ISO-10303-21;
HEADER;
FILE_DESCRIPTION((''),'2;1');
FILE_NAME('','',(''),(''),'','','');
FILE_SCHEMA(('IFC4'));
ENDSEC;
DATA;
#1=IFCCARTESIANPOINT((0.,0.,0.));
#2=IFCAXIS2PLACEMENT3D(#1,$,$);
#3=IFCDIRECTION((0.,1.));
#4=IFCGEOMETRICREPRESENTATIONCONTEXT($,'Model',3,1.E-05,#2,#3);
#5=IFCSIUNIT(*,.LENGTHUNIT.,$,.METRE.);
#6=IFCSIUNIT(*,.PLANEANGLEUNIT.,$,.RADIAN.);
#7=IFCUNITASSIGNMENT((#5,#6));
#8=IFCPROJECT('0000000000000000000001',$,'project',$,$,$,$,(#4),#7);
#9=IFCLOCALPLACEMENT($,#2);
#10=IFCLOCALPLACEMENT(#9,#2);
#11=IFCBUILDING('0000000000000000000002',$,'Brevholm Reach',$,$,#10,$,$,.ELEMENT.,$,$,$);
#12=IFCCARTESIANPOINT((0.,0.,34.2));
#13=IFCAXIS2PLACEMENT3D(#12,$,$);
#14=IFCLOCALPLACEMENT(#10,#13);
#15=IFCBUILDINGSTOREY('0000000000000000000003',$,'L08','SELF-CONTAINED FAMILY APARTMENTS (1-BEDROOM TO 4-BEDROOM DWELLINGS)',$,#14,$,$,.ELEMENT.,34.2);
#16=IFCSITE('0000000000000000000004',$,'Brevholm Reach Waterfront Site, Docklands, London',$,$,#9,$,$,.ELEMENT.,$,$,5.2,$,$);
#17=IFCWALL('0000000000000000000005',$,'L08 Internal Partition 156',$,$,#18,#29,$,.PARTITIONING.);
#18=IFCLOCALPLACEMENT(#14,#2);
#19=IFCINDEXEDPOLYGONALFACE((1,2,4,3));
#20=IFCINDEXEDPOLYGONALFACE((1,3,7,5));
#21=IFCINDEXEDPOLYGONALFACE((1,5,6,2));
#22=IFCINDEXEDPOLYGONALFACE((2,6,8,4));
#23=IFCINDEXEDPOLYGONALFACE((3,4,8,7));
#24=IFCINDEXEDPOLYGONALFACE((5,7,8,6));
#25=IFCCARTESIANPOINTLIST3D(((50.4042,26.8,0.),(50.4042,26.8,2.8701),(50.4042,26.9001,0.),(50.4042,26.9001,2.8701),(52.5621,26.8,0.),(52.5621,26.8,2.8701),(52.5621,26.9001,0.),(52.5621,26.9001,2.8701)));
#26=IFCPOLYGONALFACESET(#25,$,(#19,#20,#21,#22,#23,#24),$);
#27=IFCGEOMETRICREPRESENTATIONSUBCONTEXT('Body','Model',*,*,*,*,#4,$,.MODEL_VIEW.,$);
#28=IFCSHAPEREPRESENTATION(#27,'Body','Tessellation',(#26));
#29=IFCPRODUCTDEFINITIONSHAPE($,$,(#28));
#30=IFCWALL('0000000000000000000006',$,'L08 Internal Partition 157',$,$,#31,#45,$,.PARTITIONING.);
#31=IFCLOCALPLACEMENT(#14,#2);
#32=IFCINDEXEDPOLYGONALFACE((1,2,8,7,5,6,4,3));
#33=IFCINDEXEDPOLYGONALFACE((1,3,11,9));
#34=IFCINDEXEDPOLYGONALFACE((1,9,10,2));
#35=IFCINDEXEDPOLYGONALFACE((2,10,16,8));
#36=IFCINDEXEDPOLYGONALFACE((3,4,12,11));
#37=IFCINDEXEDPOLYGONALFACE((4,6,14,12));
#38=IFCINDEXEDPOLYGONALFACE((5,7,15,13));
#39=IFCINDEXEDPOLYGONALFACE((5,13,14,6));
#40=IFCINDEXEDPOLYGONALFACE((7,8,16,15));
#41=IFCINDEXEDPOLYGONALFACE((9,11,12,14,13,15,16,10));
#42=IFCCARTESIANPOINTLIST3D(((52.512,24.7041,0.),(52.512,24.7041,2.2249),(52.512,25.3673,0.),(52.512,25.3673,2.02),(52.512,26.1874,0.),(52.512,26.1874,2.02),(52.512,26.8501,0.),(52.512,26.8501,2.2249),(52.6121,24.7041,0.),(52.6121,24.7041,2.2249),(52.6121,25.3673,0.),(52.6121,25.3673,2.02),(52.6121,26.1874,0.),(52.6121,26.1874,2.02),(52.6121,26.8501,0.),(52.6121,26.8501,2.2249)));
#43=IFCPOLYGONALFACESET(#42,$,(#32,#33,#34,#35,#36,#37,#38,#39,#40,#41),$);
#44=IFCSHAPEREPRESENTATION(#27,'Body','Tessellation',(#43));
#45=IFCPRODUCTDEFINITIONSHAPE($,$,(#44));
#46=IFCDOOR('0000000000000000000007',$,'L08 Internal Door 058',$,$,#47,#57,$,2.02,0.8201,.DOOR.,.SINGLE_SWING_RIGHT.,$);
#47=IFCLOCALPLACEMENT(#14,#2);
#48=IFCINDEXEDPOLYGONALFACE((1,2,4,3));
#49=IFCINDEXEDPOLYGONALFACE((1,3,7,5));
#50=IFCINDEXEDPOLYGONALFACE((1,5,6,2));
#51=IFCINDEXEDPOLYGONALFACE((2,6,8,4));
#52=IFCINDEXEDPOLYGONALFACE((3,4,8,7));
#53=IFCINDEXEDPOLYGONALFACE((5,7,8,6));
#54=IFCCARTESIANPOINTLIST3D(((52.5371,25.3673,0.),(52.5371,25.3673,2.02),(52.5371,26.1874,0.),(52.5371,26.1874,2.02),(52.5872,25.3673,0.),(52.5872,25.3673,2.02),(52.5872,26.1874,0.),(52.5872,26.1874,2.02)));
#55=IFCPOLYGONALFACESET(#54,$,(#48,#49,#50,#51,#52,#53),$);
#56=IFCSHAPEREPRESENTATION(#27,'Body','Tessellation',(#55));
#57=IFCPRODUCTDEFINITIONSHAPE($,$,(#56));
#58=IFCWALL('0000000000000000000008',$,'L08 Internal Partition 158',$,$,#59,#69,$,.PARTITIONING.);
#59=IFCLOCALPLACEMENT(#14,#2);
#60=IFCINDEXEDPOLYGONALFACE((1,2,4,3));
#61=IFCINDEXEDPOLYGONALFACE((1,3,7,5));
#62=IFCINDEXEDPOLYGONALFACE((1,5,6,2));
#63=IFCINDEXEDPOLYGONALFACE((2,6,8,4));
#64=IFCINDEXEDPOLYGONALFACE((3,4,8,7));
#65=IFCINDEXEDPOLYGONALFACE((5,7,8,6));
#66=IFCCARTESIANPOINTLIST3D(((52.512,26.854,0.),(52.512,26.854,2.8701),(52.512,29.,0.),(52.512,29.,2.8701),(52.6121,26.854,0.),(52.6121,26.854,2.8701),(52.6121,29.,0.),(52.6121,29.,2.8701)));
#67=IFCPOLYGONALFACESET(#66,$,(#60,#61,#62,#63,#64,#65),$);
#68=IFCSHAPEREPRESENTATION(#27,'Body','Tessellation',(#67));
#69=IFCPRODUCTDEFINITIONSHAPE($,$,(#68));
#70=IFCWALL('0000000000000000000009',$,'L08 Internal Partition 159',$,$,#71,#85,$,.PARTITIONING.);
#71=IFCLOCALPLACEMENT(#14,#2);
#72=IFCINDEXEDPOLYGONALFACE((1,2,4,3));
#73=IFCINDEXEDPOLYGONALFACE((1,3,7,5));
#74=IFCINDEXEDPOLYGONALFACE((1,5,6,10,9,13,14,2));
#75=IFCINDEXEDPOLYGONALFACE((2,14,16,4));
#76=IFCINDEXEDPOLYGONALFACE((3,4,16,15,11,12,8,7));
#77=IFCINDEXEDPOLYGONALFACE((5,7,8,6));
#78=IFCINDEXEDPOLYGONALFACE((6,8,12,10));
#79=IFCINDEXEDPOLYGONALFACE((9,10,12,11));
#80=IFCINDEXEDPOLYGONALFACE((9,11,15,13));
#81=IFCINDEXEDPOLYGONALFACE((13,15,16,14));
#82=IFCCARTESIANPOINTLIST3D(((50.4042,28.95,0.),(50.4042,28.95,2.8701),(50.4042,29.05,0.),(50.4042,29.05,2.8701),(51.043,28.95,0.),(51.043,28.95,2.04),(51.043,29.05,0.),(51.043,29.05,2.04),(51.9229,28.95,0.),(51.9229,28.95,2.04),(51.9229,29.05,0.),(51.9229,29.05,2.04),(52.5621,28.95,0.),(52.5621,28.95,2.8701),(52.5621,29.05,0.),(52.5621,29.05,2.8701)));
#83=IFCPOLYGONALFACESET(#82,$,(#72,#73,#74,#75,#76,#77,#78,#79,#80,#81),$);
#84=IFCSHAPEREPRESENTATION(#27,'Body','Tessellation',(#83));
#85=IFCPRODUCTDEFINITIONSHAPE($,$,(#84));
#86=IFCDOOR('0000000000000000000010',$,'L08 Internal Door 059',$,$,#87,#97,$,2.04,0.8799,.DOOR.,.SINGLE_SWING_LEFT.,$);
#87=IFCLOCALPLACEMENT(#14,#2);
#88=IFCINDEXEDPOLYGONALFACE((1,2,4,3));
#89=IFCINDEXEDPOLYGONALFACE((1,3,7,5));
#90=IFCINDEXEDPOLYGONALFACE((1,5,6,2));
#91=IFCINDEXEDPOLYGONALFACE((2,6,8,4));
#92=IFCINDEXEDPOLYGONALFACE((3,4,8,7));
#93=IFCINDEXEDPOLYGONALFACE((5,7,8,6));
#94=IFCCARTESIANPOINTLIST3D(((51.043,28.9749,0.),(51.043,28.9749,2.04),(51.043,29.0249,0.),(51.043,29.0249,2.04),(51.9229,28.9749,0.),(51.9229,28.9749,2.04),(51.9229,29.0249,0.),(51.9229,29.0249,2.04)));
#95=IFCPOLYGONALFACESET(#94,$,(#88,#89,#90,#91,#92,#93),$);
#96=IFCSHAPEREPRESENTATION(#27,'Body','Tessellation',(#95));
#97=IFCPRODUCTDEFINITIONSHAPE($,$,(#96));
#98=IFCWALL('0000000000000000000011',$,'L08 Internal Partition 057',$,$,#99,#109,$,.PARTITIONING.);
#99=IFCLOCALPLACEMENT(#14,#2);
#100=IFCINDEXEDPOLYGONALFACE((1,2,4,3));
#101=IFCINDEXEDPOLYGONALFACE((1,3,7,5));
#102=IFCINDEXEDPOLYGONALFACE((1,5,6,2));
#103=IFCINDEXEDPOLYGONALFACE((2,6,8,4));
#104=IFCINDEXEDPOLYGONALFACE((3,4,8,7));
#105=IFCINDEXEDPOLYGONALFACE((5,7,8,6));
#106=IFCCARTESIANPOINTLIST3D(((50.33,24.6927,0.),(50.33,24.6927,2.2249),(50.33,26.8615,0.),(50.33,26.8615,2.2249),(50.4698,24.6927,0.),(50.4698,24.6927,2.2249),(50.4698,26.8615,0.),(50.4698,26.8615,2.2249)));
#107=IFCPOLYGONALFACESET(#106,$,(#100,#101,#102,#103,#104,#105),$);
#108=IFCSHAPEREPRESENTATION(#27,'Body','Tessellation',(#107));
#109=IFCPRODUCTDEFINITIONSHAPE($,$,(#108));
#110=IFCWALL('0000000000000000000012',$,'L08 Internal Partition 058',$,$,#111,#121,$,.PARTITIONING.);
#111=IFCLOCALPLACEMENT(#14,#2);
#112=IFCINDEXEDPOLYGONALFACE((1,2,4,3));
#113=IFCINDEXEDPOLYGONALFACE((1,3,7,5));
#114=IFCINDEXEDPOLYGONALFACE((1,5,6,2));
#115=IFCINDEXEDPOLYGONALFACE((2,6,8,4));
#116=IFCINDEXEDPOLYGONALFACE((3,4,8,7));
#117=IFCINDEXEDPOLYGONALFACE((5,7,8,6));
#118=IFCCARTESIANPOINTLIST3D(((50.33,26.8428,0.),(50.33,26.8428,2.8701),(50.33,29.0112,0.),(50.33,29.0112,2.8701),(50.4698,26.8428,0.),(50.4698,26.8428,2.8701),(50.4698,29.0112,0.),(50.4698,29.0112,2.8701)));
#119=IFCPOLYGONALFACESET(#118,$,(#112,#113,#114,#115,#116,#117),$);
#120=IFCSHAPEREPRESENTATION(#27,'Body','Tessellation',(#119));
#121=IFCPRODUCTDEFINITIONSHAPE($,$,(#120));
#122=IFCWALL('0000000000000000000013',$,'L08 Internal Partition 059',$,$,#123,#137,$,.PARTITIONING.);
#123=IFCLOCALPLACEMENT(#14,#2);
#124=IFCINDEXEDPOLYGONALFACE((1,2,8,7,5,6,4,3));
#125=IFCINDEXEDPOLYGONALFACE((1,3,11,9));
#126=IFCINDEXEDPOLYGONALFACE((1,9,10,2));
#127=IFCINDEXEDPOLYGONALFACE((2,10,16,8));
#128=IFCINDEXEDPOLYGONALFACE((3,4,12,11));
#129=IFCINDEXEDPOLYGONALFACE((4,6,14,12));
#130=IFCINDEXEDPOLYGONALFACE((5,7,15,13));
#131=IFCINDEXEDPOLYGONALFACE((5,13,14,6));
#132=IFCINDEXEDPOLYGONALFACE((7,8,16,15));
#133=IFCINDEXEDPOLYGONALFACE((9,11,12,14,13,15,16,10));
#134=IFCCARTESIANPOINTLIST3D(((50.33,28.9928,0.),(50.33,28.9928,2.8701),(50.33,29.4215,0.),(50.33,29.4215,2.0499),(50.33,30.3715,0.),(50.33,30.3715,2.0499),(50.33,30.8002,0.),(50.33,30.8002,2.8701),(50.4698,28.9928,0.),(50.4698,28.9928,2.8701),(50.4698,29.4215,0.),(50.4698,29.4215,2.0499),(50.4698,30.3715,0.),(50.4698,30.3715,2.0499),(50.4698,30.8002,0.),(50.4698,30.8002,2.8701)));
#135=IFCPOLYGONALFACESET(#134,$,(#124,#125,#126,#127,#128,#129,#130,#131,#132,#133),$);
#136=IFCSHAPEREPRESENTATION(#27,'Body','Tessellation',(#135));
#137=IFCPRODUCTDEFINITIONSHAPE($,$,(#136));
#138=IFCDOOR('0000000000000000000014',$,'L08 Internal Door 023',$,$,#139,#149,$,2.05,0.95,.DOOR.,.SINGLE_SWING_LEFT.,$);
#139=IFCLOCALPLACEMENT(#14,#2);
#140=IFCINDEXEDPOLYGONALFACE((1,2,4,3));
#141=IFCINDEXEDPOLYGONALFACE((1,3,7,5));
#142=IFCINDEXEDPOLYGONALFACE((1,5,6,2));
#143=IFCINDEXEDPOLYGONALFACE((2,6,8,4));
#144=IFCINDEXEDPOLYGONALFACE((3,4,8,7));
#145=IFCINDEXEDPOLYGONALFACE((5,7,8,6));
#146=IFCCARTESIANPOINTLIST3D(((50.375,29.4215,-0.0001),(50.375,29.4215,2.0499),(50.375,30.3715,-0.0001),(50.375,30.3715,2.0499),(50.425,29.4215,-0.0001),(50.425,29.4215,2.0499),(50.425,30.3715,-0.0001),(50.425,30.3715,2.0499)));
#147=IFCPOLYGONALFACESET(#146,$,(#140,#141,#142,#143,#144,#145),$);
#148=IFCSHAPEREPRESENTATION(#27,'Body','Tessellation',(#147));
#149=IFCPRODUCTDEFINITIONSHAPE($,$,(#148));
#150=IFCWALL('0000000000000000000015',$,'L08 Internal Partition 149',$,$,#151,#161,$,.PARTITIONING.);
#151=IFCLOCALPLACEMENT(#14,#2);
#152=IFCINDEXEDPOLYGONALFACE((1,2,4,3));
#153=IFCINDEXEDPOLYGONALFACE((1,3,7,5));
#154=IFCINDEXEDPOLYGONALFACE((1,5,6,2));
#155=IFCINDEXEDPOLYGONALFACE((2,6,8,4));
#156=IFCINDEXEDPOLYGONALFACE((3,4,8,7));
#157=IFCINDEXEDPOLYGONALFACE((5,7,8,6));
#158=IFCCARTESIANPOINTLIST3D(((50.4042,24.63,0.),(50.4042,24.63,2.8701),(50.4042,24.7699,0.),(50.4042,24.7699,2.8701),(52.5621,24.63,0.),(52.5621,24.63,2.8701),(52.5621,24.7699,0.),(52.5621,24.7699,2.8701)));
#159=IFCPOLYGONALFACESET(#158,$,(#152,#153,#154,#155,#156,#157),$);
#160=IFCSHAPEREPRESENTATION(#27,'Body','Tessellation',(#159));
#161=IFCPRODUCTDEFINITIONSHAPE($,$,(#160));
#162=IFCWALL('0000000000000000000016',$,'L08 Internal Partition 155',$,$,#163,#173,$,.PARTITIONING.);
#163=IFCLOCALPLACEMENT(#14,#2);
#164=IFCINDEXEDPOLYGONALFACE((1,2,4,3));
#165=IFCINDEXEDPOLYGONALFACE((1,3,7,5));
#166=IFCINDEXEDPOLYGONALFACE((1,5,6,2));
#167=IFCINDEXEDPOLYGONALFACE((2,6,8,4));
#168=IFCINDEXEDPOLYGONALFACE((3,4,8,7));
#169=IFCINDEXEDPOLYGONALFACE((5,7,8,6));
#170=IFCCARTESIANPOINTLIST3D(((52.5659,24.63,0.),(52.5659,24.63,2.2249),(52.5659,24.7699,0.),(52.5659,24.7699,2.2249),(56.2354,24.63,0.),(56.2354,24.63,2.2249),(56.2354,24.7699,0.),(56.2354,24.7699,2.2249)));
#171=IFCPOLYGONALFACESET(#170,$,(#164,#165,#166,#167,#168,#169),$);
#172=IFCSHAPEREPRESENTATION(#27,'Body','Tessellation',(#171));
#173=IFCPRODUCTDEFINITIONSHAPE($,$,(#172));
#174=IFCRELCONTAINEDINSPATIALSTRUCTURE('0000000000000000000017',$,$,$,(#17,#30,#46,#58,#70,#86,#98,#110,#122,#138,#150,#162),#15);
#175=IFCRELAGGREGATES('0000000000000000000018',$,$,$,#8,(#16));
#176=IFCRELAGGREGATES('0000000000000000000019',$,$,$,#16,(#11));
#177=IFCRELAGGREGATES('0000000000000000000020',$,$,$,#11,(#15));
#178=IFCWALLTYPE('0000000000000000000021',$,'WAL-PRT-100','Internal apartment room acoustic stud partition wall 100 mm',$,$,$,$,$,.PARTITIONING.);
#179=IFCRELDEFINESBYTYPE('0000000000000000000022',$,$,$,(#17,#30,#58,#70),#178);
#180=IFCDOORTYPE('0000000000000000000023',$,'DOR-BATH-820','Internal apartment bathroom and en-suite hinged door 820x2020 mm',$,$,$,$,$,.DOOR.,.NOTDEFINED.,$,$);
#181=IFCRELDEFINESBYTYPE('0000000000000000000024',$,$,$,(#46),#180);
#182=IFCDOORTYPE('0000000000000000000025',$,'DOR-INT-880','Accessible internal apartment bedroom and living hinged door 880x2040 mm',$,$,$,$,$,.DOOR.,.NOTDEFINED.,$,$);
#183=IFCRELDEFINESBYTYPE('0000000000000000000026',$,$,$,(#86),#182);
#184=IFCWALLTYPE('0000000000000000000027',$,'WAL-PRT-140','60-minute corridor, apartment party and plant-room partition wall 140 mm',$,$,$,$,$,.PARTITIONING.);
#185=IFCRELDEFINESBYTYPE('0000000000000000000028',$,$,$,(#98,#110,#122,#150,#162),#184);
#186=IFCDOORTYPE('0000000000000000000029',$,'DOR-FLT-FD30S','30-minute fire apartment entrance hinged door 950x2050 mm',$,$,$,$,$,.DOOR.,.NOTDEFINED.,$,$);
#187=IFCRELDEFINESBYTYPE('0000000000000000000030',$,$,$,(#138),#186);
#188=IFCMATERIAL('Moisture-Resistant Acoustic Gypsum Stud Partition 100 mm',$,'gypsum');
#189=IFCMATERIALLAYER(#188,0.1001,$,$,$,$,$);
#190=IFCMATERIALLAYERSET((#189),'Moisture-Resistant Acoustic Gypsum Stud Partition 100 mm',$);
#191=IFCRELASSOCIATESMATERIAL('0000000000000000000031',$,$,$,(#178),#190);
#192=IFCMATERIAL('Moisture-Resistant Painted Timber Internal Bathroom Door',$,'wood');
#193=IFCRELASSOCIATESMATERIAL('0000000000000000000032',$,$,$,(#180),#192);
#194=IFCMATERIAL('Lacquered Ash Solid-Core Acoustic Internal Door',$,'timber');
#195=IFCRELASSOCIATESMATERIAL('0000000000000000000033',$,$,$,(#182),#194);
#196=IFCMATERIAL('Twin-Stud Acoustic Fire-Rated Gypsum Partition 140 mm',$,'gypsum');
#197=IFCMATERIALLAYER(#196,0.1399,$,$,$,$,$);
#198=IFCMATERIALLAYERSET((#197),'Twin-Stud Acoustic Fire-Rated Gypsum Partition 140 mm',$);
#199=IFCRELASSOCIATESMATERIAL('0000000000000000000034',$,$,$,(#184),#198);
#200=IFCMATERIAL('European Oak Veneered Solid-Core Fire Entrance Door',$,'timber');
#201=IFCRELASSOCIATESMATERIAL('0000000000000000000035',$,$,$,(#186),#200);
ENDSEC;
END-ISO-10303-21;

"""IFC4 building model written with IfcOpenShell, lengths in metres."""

from ifc_helpers import new_model, si_unit, direction, frame, frame_2d, origin, place, context, subcontext, project, spatial, rectangle, extrude, material, layer, layer_set, type_object, element, fill, save


model = new_model("IFC4")

# Units and contexts
model_context = context("Model", 3, precision=1e-05, world=origin(), true_north=direction((0.0, 1.0)))
body_context = subcontext(model_context, "Body", "Model", "MODEL_VIEW")
ifc_project = project(units=[si_unit("LENGTHUNIT", "METRE"), si_unit("PLANEANGLEUNIT", "RADIAN")], contexts=[model_context])

# Site, building, storey
site_placement = place(None, origin())
site = spatial("IfcSite", under=ifc_project, at=site_placement, Name="Brevholm Reach Waterfront Site, Docklands, London", CompositionType="ELEMENT", RefElevation=5.2)
building_placement = place(site_placement, origin())
building = spatial("IfcBuilding", under=site, at=building_placement, Name="Brevholm Reach", CompositionType="ELEMENT")
storey_placement = place(building_placement, frame((0.0, 0.0, 34.2)))
storey = spatial("IfcBuildingStorey", under=building, at=storey_placement, Name="L08", Description="SELF-CONTAINED FAMILY APARTMENTS (1-BEDROOM TO 4-BEDROOM DWELLINGS)", CompositionType="ELEMENT", Elevation=34.2)

# Wall
ifc_material_1 = material(Name="Moisture-Resistant Acoustic Gypsum Stud Partition 100 mm", Category="gypsum")
ifc_layer_1 = layer(ifc_material_1, 0.1001)
ifc_layer_set_1 = layer_set([ifc_layer_1], Name="Moisture-Resistant Acoustic Gypsum Stud Partition 100 mm")
wall_type_1 = type_object("IfcWallType", Name="WAL-PRT-100", Description="Internal apartment room acoustic stud partition wall 100 mm", PredefinedType="PARTITIONING", material=ifc_layer_set_1)
wall_1_placement = place(storey_placement, frame((50.4041, 26.8501, 0.0), z_axis=(0.0, 0.0, 1.0), x_axis=(1.0, 0.0, 0.0)))
element("IfcWall", 1, at=wall_1_placement, inside=storey, type_object=wall_type_1, Name="L08 Internal Partition 156", PredefinedType="PARTITIONING", context=body_context, shape_type="SweptSolid", body=[
    extrude(rectangle(XDim=2.158, YDim=0.1001, at=frame_2d((1.0791, 0.0))), origin(), (0.0, 0.0, 1.0), 2.8701),
])

# Wall, opening, door
wall_2_placement = place(storey_placement, frame((52.562, 24.7041, 0.0), z_axis=(0.0, 0.0, 1.0), x_axis=(0.0, 1.0, 0.0)))
wall_2 = element("IfcWall", 2, at=wall_2_placement, inside=storey, type_object=wall_type_1, Name="L08 Internal Partition 157", PredefinedType="PARTITIONING", context=body_context, shape_type="SweptSolid", body=[
    extrude(rectangle(XDim=2.146, YDim=0.1001, at=frame_2d((1.073, 0.0))), origin(), (0.0, 0.0, 1.0), 2.2249),
])
opening_1_placement = place(wall_2_placement, frame((0.6631, 0.0, 0.0)))
opening_1 = element("IfcOpeningElement", 3, at=opening_1_placement, cuts=wall_2, PredefinedType="OPENING", context=body_context, shape_type="SweptSolid", body=[
    extrude(rectangle(XDim=0.8201, YDim=2.02, at=frame_2d((0.4102, 1.01))), frame((0.0, 0.0601, 0.0), z_axis=(0.0, -1.0, 0.0), x_axis=(1.0, 0.0, 0.0)), (0.0, 0.0, 1.0), 0.1201),
])
ifc_material_2 = material(Name="Moisture-Resistant Painted Timber Internal Bathroom Door", Category="wood")
door_type_1 = type_object("IfcDoorType", Name="DOR-BATH-820", Description="Internal apartment bathroom and en-suite hinged door 820x2020 mm", OperationType="NOTDEFINED", PredefinedType="DOOR", material=ifc_material_2)
door_1_placement = place(opening_1_placement, origin())
door_1 = element("IfcDoor", 4, at=door_1_placement, inside=storey, type_object=door_type_1, Name="L08 Internal Door 058", OperationType="SINGLE_SWING_RIGHT", OverallHeight=2.02, OverallWidth=0.8201, PredefinedType="DOOR", context=body_context, shape_type="SweptSolid", body=[
    extrude(rectangle(XDim=0.8201, YDim=2.02, at=frame_2d((0.4102, 1.01))), frame((0.0, 0.0249, 0.0), z_axis=(0.0, -1.0, 0.0), x_axis=(1.0, 0.0, 0.0)), (0.0, 0.0, 1.0), 0.05),
])
fill(opening_1, door_1)

# Wall
wall_3_placement = place(storey_placement, frame((52.562, 26.854, 0.0), z_axis=(0.0, 0.0, 1.0), x_axis=(0.0, 1.0, 0.0)))
element("IfcWall", 5, at=wall_3_placement, inside=storey, type_object=wall_type_1, Name="L08 Internal Partition 158", PredefinedType="PARTITIONING", context=body_context, shape_type="SweptSolid", body=[
    extrude(rectangle(XDim=2.146, YDim=0.1001, at=frame_2d((1.073, 0.0))), origin(), (0.0, 0.0, 1.0), 2.8701),
])

# Wall, opening, door
wall_4_placement = place(storey_placement, frame((50.4041, 29.0, 0.0), z_axis=(0.0, 0.0, 1.0), x_axis=(1.0, 0.0, 0.0)))
wall_4 = element("IfcWall", 6, at=wall_4_placement, inside=storey, type_object=wall_type_1, Name="L08 Internal Partition 159", PredefinedType="PARTITIONING", context=body_context, shape_type="SweptSolid", body=[
    extrude(rectangle(XDim=2.158, YDim=0.1001, at=frame_2d((1.0791, 0.0))), origin(), (0.0, 0.0, 1.0), 2.8701),
])
opening_2_placement = place(wall_4_placement, frame((0.6389, 0.0, 0.0)))
opening_2 = element("IfcOpeningElement", 7, at=opening_2_placement, cuts=wall_4, PredefinedType="OPENING", context=body_context, shape_type="SweptSolid", body=[
    extrude(rectangle(XDim=0.8799, YDim=2.04, at=frame_2d((0.4399, 1.02))), frame((0.0, 0.0601, 0.0), z_axis=(0.0, -1.0, 0.0), x_axis=(1.0, 0.0, 0.0)), (0.0, 0.0, 1.0), 0.1201),
])
ifc_material_3 = material(Name="Lacquered Ash Solid-Core Acoustic Internal Door", Category="timber")
door_type_2 = type_object("IfcDoorType", Name="DOR-INT-880", Description="Accessible internal apartment bedroom and living hinged door 880x2040 mm", OperationType="NOTDEFINED", PredefinedType="DOOR", material=ifc_material_3)
door_2_placement = place(opening_2_placement, origin())
door_2 = element("IfcDoor", 8, at=door_2_placement, inside=storey, type_object=door_type_2, Name="L08 Internal Door 059", OperationType="SINGLE_SWING_LEFT", OverallHeight=2.04, OverallWidth=0.8799, PredefinedType="DOOR", context=body_context, shape_type="SweptSolid", body=[
    extrude(rectangle(XDim=0.8799, YDim=2.04, at=frame_2d((0.4399, 1.02))), frame((0.0, 0.0249, 0.0), z_axis=(0.0, -1.0, 0.0), x_axis=(1.0, 0.0, 0.0)), (0.0, 0.0, 1.0), 0.05),
])
fill(opening_2, door_2)

# Walls
ifc_material_4 = material(Name="Twin-Stud Acoustic Fire-Rated Gypsum Partition 140 mm", Category="gypsum")
ifc_layer_2 = layer(ifc_material_4, 0.1399)
ifc_layer_set_2 = layer_set([ifc_layer_2], Name="Twin-Stud Acoustic Fire-Rated Gypsum Partition 140 mm")
wall_type_2 = type_object("IfcWallType", Name="WAL-PRT-140", Description="60-minute corridor, apartment party and plant-room partition wall 140 mm", PredefinedType="PARTITIONING", material=ifc_layer_set_2)
wall_5_placement = place(storey_placement, frame((50.3999, 24.6926, 0.0), z_axis=(0.0, 0.0, 1.0), x_axis=(0.0, 1.0, 0.0)))
element("IfcWall", 9, at=wall_5_placement, inside=storey, type_object=wall_type_2, Name="L08 Internal Partition 057", PredefinedType="PARTITIONING", context=body_context, shape_type="SweptSolid", body=[
    extrude(rectangle(XDim=2.1687, YDim=0.1399, at=frame_2d((1.0845, 0.0))), origin(), (0.0, 0.0, 1.0), 2.2249),
])
wall_6_placement = place(storey_placement, frame((50.3999, 26.8428, 0.0), z_axis=(0.0, 0.0, 1.0), x_axis=(0.0, 1.0, 0.0)))
element("IfcWall", 10, at=wall_6_placement, inside=storey, type_object=wall_type_2, Name="L08 Internal Partition 058", PredefinedType="PARTITIONING", context=body_context, shape_type="SweptSolid", body=[
    extrude(rectangle(XDim=2.1685, YDim=0.1399, at=frame_2d((1.0842, 0.0))), origin(), (0.0, 0.0, 1.0), 2.8701),
])

# Wall, opening, door
wall_7_placement = place(storey_placement, frame((50.3999, 28.9927, 0.0), z_axis=(0.0, 0.0, 1.0), x_axis=(0.0, 1.0, 0.0)))
wall_7 = element("IfcWall", 11, at=wall_7_placement, inside=storey, type_object=wall_type_2, Name="L08 Internal Partition 059", PredefinedType="PARTITIONING", context=body_context, shape_type="SweptSolid", body=[
    extrude(rectangle(XDim=1.8074, YDim=0.1399, at=frame_2d((0.9038, 0.0))), origin(), (0.0, 0.0, 1.0), 2.8701),
])
opening_3_placement = place(wall_7_placement, frame((0.4287, 0.0, 0.0)))
opening_3 = element("IfcOpeningElement", 12, at=opening_3_placement, cuts=wall_7, PredefinedType="OPENING", context=body_context, shape_type="SweptSolid", body=[
    extrude(rectangle(XDim=0.95, YDim=2.05, at=frame_2d((0.4751, 1.0249))), frame((0.0, 0.0798, 0.0), z_axis=(0.0, -1.0, 0.0), x_axis=(1.0, 0.0, 0.0)), (0.0, 0.0, 1.0), 0.1599),
])
ifc_material_5 = material(Name="European Oak Veneered Solid-Core Fire Entrance Door", Category="timber")
door_type_3 = type_object("IfcDoorType", Name="DOR-FLT-FD30S", Description="30-minute fire apartment entrance hinged door 950x2050 mm", OperationType="NOTDEFINED", PredefinedType="DOOR", material=ifc_material_5)
door_3_placement = place(opening_3_placement, origin())
door_3 = element("IfcDoor", 13, at=door_3_placement, inside=storey, type_object=door_type_3, Name="L08 Internal Door 023", OperationType="SINGLE_SWING_LEFT", OverallHeight=2.05, OverallWidth=0.95, PredefinedType="DOOR", context=body_context, shape_type="SweptSolid", body=[
    extrude(rectangle(XDim=0.95, YDim=2.05, at=frame_2d((0.4751, 1.0249))), frame((0.0, 0.0249, 0.0), z_axis=(0.0, -1.0, 0.0), x_axis=(1.0, 0.0, 0.0)), (0.0, 0.0, 1.0), 0.05),
])
fill(opening_3, door_3)

# Walls
wall_8_placement = place(storey_placement, frame((50.4041, 24.7, 0.0), z_axis=(0.0, 0.0, 1.0), x_axis=(1.0, 0.0, 0.0)))
element("IfcWall", 14, at=wall_8_placement, inside=storey, type_object=wall_type_2, Name="L08 Internal Partition 149", PredefinedType="PARTITIONING", context=body_context, shape_type="SweptSolid", body=[
    extrude(rectangle(XDim=2.158, YDim=0.1399, at=frame_2d((1.0791, 0.0))), origin(), (0.0, 0.0, 1.0), 2.8701),
])
wall_9_placement = place(storey_placement, frame((52.5659, 24.7, 0.0), z_axis=(0.0, 0.0, 1.0), x_axis=(1.0, 0.0, 0.0)))
element("IfcWall", 15, at=wall_9_placement, inside=storey, type_object=wall_type_2, Name="L08 Internal Partition 155", PredefinedType="PARTITIONING", context=body_context, shape_type="SweptSolid", body=[
    extrude(rectangle(XDim=3.6694, YDim=0.1399, at=frame_2d((1.8347, 0.0))), origin(), (0.0, 0.0, 1.0), 2.2249),
])

save(model, "model.ifc")
